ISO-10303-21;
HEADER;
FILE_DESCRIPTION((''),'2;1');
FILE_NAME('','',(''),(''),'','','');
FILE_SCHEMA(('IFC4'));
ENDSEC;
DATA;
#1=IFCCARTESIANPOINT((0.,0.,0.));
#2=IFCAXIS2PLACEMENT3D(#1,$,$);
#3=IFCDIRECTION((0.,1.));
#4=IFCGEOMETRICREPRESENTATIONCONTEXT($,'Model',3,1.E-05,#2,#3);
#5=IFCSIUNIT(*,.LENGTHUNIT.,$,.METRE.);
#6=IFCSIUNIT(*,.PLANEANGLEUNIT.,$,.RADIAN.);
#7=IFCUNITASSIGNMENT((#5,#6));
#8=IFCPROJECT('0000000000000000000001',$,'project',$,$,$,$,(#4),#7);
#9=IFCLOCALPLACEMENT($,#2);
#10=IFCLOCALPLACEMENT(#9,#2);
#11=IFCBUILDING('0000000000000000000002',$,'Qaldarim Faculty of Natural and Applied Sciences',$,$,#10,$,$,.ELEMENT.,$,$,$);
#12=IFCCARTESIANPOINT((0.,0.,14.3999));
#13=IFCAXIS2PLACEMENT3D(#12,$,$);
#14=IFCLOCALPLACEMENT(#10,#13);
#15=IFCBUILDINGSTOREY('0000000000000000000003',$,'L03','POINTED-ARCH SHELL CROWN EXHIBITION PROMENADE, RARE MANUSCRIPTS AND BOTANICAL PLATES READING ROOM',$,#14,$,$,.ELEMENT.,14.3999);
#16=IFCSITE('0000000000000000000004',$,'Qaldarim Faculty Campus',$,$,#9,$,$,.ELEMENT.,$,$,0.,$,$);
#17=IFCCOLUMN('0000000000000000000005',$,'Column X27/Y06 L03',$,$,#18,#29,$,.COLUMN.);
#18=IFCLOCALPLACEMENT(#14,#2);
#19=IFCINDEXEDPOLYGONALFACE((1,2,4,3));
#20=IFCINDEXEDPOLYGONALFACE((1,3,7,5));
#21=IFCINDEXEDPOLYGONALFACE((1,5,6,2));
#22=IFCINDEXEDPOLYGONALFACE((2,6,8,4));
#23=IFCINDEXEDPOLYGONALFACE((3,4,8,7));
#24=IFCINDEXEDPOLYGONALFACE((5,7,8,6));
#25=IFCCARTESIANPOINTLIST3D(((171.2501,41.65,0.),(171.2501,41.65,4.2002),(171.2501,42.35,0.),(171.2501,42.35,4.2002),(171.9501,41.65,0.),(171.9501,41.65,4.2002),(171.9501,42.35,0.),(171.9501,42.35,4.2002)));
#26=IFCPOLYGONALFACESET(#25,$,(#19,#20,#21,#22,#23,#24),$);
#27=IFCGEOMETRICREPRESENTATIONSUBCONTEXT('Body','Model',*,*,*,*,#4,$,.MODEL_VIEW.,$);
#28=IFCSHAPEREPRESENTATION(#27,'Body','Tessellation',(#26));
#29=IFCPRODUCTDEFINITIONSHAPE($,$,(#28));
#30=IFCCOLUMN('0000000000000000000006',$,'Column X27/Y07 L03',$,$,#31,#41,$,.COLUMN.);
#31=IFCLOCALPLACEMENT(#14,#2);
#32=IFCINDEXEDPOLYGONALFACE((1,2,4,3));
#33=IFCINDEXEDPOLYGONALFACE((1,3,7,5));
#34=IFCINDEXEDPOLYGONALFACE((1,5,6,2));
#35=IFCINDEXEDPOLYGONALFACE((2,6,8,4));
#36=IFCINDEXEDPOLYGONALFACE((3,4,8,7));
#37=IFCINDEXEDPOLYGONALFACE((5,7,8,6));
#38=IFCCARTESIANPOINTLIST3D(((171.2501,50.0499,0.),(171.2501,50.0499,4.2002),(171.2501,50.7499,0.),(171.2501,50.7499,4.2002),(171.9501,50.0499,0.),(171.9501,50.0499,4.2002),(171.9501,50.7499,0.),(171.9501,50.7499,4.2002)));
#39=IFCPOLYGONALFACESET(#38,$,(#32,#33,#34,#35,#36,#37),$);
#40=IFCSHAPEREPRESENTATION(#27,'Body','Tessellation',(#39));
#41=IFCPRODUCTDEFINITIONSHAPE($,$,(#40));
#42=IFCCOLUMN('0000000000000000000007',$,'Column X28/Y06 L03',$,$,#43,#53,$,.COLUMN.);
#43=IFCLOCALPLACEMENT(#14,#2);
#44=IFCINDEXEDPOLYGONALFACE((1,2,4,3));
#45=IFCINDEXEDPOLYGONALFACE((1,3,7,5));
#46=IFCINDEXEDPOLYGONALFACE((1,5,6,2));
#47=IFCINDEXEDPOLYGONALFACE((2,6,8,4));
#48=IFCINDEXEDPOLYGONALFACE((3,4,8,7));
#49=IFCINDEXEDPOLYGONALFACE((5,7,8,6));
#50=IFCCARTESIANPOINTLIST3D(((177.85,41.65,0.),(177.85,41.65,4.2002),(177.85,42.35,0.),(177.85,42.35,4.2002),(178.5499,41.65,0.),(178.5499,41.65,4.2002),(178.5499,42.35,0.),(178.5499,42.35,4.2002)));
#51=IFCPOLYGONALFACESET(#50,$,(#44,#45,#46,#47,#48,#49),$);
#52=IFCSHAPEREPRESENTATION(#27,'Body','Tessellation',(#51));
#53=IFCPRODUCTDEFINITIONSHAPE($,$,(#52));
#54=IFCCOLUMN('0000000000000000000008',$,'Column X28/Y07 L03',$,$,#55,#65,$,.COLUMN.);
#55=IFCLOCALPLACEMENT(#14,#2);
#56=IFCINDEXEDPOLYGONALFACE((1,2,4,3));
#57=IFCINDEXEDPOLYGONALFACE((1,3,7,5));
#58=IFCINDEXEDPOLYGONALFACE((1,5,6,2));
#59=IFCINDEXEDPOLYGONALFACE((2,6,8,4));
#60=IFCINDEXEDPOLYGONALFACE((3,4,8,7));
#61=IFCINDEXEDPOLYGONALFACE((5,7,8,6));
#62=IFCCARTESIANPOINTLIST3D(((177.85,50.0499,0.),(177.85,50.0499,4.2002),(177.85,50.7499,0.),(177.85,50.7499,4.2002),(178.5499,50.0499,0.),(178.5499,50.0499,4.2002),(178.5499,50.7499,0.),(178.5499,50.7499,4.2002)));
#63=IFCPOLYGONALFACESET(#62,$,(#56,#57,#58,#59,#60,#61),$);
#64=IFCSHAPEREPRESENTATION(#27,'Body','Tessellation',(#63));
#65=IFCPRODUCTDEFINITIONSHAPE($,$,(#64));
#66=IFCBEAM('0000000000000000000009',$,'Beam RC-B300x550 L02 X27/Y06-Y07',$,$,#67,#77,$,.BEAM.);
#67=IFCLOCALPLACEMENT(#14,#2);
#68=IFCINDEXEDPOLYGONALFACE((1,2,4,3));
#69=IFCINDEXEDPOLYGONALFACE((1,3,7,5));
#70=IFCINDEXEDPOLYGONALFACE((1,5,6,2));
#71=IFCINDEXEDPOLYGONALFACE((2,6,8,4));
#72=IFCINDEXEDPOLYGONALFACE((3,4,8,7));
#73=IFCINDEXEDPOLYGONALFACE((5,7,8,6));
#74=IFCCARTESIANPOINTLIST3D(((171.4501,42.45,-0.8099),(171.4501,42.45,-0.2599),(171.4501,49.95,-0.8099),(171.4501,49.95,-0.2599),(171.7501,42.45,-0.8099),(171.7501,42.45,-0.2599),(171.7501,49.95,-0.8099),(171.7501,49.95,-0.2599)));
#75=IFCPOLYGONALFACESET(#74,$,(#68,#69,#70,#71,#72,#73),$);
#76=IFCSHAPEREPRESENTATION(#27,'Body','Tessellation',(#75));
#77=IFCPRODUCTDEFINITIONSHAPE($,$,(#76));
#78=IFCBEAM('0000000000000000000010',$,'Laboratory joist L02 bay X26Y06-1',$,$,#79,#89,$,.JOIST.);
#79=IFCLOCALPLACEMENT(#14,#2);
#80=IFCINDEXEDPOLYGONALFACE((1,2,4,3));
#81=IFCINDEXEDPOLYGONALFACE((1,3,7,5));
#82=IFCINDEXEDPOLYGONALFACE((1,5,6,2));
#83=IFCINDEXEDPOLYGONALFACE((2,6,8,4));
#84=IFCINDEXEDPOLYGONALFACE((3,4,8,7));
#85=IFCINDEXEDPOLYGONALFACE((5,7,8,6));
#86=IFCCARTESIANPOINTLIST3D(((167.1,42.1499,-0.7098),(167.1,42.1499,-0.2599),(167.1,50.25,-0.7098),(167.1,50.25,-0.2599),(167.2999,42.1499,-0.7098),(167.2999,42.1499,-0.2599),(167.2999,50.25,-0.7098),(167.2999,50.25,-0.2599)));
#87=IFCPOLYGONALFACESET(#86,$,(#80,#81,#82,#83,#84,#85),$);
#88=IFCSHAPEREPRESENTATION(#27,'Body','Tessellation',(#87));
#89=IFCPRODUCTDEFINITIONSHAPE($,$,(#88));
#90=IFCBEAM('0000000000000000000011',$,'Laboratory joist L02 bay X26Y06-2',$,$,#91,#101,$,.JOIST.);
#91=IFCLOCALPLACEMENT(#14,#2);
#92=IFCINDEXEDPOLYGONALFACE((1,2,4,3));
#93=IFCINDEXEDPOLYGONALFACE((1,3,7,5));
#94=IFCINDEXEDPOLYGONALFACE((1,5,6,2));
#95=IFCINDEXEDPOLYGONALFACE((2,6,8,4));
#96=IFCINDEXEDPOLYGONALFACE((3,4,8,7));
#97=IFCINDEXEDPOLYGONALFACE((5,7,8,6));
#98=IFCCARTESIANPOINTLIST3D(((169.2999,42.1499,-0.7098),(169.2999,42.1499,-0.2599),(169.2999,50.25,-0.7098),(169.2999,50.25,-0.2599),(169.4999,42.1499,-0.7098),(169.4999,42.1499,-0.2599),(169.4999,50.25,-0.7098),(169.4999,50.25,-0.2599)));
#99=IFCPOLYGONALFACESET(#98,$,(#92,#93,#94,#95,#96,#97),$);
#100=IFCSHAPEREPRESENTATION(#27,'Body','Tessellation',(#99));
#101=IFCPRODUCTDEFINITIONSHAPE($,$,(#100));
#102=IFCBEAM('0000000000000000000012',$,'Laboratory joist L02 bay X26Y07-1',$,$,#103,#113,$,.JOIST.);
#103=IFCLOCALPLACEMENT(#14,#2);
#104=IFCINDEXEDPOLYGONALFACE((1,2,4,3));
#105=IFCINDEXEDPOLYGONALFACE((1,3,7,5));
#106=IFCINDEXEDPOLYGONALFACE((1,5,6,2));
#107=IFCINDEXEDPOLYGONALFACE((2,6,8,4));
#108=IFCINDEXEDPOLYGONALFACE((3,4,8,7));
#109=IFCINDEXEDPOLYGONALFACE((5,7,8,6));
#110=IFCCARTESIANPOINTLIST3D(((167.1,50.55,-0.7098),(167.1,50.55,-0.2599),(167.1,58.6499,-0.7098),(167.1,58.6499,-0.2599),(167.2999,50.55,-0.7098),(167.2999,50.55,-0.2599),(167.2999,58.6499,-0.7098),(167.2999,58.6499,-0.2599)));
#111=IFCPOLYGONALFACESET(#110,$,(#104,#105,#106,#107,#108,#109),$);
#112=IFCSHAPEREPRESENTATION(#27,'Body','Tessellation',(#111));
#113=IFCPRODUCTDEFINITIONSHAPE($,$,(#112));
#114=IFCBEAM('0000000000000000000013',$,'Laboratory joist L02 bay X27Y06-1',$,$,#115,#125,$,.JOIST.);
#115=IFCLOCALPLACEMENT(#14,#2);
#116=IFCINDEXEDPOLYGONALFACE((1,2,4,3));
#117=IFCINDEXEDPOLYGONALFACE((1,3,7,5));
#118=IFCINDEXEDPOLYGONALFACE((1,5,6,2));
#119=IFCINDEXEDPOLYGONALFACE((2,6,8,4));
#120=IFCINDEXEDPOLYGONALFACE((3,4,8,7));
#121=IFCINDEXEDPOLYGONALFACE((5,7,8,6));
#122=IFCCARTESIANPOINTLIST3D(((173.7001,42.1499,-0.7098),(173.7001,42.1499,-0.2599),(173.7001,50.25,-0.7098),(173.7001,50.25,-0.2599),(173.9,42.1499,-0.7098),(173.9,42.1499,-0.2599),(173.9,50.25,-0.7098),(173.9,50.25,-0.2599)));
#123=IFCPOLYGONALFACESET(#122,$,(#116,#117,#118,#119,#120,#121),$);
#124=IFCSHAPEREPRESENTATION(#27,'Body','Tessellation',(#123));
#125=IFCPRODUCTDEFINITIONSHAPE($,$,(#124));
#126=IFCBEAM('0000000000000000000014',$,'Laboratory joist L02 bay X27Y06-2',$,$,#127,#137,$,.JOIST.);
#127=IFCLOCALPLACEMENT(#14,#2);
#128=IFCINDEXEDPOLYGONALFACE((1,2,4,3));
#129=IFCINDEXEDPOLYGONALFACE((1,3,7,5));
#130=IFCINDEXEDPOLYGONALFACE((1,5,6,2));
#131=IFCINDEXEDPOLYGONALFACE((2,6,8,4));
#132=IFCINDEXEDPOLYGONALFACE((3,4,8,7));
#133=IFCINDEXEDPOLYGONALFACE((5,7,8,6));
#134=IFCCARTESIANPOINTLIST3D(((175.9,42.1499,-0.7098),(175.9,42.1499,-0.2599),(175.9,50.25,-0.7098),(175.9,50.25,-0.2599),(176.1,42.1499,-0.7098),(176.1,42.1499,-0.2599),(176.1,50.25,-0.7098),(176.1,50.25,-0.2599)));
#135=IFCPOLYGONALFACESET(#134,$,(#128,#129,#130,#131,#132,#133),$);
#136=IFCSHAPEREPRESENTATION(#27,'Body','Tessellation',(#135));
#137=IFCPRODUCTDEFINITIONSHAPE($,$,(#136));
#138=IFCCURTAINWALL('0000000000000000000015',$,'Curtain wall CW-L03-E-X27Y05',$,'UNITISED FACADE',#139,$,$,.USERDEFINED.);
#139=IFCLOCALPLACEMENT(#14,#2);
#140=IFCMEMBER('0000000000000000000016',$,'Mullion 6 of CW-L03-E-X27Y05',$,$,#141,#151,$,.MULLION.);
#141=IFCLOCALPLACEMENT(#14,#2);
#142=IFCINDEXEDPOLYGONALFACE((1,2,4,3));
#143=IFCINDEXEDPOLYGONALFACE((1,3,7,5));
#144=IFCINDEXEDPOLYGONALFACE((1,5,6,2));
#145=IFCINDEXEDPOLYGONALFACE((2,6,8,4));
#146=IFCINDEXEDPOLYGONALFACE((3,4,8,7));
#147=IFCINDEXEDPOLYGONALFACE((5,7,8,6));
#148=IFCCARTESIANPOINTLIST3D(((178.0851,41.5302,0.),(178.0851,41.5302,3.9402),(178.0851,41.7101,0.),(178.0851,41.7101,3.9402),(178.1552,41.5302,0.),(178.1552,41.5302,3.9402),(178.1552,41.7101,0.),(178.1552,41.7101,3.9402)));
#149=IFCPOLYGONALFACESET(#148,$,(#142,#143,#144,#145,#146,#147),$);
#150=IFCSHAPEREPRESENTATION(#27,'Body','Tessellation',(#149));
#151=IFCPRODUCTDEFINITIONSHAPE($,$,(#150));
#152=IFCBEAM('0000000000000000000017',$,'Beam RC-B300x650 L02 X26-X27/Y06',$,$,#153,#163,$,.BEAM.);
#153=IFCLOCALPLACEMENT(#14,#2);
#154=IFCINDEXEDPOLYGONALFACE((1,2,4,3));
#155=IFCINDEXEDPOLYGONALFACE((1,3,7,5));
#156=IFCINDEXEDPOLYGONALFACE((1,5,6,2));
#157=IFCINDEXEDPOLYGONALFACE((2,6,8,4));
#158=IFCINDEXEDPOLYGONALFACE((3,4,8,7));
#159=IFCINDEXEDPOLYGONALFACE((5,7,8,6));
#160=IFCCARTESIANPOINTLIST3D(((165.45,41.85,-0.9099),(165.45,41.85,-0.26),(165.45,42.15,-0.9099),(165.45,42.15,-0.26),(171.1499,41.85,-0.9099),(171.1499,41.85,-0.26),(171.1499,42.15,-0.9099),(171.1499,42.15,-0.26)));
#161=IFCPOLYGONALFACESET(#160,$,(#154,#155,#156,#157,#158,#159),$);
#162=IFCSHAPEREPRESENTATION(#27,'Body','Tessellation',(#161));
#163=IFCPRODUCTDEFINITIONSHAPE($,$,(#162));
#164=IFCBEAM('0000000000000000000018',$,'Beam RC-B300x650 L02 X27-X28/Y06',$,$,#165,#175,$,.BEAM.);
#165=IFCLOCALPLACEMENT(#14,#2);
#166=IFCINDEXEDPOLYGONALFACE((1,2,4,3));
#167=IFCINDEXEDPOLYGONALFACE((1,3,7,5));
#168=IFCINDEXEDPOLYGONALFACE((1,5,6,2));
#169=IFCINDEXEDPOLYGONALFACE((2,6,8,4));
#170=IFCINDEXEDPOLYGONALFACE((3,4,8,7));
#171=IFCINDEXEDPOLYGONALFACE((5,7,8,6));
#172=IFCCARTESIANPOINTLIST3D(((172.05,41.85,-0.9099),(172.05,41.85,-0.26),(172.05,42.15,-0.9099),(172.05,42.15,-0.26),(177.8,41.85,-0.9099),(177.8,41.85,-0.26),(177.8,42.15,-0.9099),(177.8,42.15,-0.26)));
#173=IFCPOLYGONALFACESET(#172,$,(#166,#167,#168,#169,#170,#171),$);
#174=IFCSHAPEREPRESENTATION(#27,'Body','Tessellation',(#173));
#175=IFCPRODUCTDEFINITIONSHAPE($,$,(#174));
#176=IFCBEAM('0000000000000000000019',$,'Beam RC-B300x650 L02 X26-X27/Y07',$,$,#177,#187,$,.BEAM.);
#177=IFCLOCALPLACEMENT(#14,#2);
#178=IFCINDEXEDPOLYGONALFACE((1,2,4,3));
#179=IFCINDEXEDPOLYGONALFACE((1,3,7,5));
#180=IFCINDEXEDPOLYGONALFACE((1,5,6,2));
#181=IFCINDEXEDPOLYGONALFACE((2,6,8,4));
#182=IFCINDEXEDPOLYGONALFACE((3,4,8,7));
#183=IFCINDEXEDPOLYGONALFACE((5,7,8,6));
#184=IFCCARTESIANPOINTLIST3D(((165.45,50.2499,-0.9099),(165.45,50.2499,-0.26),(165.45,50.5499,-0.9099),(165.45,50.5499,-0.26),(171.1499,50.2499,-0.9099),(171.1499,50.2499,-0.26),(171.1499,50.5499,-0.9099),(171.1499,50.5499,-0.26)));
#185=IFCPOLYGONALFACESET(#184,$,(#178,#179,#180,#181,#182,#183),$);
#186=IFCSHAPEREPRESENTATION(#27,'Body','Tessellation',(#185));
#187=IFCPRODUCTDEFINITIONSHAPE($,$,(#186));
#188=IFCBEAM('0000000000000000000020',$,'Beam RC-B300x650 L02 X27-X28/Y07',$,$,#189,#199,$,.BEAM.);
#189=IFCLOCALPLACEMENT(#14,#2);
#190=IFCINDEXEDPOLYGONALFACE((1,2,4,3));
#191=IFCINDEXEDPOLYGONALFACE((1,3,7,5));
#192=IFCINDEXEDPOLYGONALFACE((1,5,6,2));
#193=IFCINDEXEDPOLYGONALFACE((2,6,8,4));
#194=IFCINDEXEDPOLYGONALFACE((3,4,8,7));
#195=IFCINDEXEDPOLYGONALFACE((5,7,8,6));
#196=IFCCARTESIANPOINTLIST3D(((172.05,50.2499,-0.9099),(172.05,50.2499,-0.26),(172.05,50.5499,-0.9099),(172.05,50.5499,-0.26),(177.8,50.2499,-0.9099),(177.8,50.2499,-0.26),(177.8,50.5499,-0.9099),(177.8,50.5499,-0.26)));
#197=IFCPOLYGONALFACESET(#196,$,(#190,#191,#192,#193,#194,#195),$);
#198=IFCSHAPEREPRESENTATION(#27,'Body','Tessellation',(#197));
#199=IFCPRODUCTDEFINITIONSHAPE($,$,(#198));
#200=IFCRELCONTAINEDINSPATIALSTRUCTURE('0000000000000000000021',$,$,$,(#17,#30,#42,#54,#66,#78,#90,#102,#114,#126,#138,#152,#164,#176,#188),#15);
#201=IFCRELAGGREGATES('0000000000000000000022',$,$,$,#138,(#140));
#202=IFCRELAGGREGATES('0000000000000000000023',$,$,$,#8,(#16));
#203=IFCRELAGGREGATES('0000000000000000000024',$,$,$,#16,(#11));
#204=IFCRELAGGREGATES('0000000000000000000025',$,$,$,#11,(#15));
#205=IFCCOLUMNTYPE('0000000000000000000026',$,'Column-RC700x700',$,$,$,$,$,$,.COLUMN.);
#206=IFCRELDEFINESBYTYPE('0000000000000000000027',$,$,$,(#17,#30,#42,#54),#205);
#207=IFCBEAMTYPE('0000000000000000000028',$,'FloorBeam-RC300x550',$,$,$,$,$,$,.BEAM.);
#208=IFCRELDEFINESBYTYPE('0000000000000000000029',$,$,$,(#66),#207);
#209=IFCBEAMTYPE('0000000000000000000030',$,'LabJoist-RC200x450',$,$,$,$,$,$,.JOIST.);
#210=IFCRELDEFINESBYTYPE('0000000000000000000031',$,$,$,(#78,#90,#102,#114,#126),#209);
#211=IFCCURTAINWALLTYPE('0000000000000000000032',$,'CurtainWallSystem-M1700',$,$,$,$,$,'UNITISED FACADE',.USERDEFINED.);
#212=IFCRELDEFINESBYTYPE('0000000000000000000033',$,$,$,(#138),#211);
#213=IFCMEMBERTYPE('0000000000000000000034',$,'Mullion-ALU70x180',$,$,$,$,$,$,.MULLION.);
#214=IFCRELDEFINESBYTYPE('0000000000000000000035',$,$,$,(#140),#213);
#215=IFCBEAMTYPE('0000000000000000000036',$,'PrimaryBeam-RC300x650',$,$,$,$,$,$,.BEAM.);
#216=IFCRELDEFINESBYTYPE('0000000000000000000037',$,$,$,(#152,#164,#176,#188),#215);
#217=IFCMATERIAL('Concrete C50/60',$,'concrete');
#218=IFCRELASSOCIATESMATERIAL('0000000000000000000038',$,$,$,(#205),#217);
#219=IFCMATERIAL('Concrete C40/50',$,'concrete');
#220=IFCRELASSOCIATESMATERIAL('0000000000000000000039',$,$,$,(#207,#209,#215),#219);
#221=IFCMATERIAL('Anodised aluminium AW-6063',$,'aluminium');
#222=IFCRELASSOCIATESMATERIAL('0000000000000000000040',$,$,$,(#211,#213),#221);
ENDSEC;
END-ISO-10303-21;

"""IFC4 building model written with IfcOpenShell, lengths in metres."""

from ifc_helpers import new_model, si_unit, direction, frame, origin, origin_2d, place, context, subcontext, project, spatial, rectangle, extrude, material, material_profile, profile_set, type_object, element, aggregate, save


model = new_model("IFC4")

# Units and contexts
model_context = context("Model", 3, precision=1e-05, world=origin(), true_north=direction((0.0, 1.0)))
body_context = subcontext(model_context, "Body", "Model", "MODEL_VIEW")
ifc_project = project(units=[si_unit("LENGTHUNIT", "METRE"), si_unit("PLANEANGLEUNIT", "RADIAN")], contexts=[model_context])

# Site, building, storey
site_placement = place(None, origin())
site = spatial("IfcSite", under=ifc_project, at=site_placement, Name="Qaldarim Faculty Campus", CompositionType="ELEMENT", RefElevation=0.0)
building_placement = place(site_placement, origin())
building = spatial("IfcBuilding", under=site, at=building_placement, Name="Qaldarim Faculty of Natural and Applied Sciences", CompositionType="ELEMENT")
storey_placement = place(building_placement, frame((0.0, 0.0, 14.3999)))
storey = spatial("IfcBuildingStorey", under=building, at=storey_placement, Name="L03", Description="POINTED-ARCH SHELL CROWN EXHIBITION PROMENADE, RARE MANUSCRIPTS AND BOTANICAL PLATES READING ROOM", CompositionType="ELEMENT", Elevation=14.3999)

# Columns
ifc_material_1 = material(Name="Concrete C50/60", Category="concrete")
ifc_material_profile_1 = material_profile(ifc_material_1, rectangle(XDim=0.7, YDim=0.7, at=origin_2d()), Name="RC-C700x700")
ifc_profile_set_1 = profile_set([ifc_material_profile_1], Name="Concrete C50/60")
column_type = type_object("IfcColumnType", Name="Column-RC700x700", PredefinedType="COLUMN", material=ifc_profile_set_1)
for number, where, z_axis, x_axis, name in (
    (1, (171.6001, 42.0, 0.0), (0.0, 0.0, 1.0), (1.0, 0.0, 0.0), "Column X27/Y06 L03"),
    (2, (171.6001, 50.3999, 0.0), (0.0, 0.0, 1.0), (1.0, 0.0, 0.0), "Column X27/Y07 L03"),
    (3, (178.2, 42.0, 0.0), (0.0, 0.0, 1.0), (1.0, 0.0, 0.0), "Column X28/Y06 L03"),
    (4, (178.2, 50.3999, 0.0), (0.0, 0.0, 1.0), (1.0, 0.0, 0.0), "Column X28/Y07 L03"),
):
    element("IfcColumn", number, at=place(storey_placement, frame(where, z_axis=z_axis, x_axis=x_axis)), inside=storey, type_object=column_type, Name=name, PredefinedType="COLUMN", context=body_context, shape_type="SweptSolid", body=[
        extrude(rectangle(XDim=0.7, YDim=0.7, at=origin_2d()), origin(), (0.0, 0.0, 1.0), 4.2002),
    ])

# Beams
ifc_material_2 = material(Name="Concrete C40/50", Category="concrete")
ifc_material_profile_2 = material_profile(ifc_material_2, rectangle(XDim=0.3, YDim=0.55, at=origin_2d()), Name="RC-B300x550")
ifc_profile_set_2 = profile_set([ifc_material_profile_2], Name="Concrete C40/50")
beam_type_1 = type_object("IfcBeamType", Name="FloorBeam-RC300x550", PredefinedType="BEAM", material=ifc_profile_set_2)
beam_1_placement = place(storey_placement, frame((171.6001, 42.45, -0.5349), z_axis=(0.0, 1.0, 0.0), x_axis=(-1.0, 0.0, 0.0)))
element("IfcBeam", 5, at=beam_1_placement, inside=storey, type_object=beam_type_1, Name="Beam RC-B300x550 L02 X27/Y06-Y07", PredefinedType="BEAM", context=body_context, shape_type="SweptSolid", body=[
    extrude(rectangle(XDim=0.3, YDim=0.55, at=origin_2d()), origin(), (0.0, 0.0, 1.0), 7.5),
])
ifc_material_profile_3 = material_profile(ifc_material_2, rectangle(XDim=0.2, YDim=0.45, at=origin_2d()), Name="RC-J200x450")
ifc_profile_set_3 = profile_set([ifc_material_profile_3], Name="Concrete C40/50")
beam_type_2 = type_object("IfcBeamType", Name="LabJoist-RC200x450", PredefinedType="JOIST", material=ifc_profile_set_3)
for number, where, z_axis, x_axis, name in (
    (6, (167.2, 42.1499, -0.4849), (0.0, 1.0, 0.0), (-1.0, 0.0, 0.0), "Laboratory joist L02 bay X26Y06-1"),
    (7, (169.3999, 42.1499, -0.4849), (0.0, 1.0, 0.0), (-1.0, 0.0, 0.0), "Laboratory joist L02 bay X26Y06-2"),
):
    element("IfcBeam", number, at=place(storey_placement, frame(where, z_axis=z_axis, x_axis=x_axis)), inside=storey, type_object=beam_type_2, Name=name, PredefinedType="JOIST", context=body_context, shape_type="SweptSolid", body=[
        extrude(rectangle(XDim=0.2, YDim=0.45, at=origin_2d()), origin(), (0.0, 0.0, 1.0), 8.1001),
    ])
beam_2_placement = place(storey_placement, frame((167.2, 50.55, -0.4849), z_axis=(0.0, 1.0, 0.0), x_axis=(-1.0, 0.0, 0.0)))
element("IfcBeam", 8, at=beam_2_placement, inside=storey, type_object=beam_type_2, Name="Laboratory joist L02 bay X26Y07-1", PredefinedType="JOIST", context=body_context, shape_type="SweptSolid", body=[
    extrude(rectangle(XDim=0.2, YDim=0.45, at=origin_2d()), origin(), (0.0, 0.0, 1.0), 8.0999),
])
for number, where, z_axis, x_axis, name in (
    (9, (173.8, 42.1499, -0.4849), (0.0, 1.0, 0.0), (-1.0, 0.0, 0.0), "Laboratory joist L02 bay X27Y06-1"),
    (10, (176.0, 42.1499, -0.4849), (0.0, 1.0, 0.0), (-1.0, 0.0, 0.0), "Laboratory joist L02 bay X27Y06-2"),
):
    element("IfcBeam", number, at=place(storey_placement, frame(where, z_axis=z_axis, x_axis=x_axis)), inside=storey, type_object=beam_type_2, Name=name, PredefinedType="JOIST", context=body_context, shape_type="SweptSolid", body=[
        extrude(rectangle(XDim=0.2, YDim=0.45, at=origin_2d()), origin(), (0.0, 0.0, 1.0), 8.1001),
    ])

# Curtain wall, member
ifc_material_3 = material(Name="Anodised aluminium AW-6063", Category="aluminium")
curtain_wall_type = type_object("IfcCurtainWallType", Name="CurtainWallSystem-M1700", ElementType="UNITISED FACADE", PredefinedType="USERDEFINED", material=ifc_material_3)
curtain_wall_placement = place(storey_placement, origin())
curtain_wall = element("IfcCurtainWall", 11, at=curtain_wall_placement, inside=storey, type_object=curtain_wall_type, Name="Curtain wall CW-L03-E-X27Y05", ObjectType="UNITISED FACADE", PredefinedType="USERDEFINED")
ifc_material_profile_4 = material_profile(ifc_material_3, rectangle(XDim=0.0701, YDim=0.1799, at=origin_2d()), Name="ALU-M70x180")
ifc_profile_set_4 = profile_set([ifc_material_profile_4], Name="Anodised aluminium AW-6063")
member_type = type_object("IfcMemberType", Name="Mullion-ALU70x180", PredefinedType="MULLION", material=ifc_profile_set_4)
member_placement = place(storey_placement, frame((178.1201, 41.6201, 0.0), z_axis=(0.0, 0.0, 1.0), x_axis=(-1.0, 0.0, 0.0)))
member = element("IfcMember", 12, at=member_placement, type_object=member_type, Name="Mullion 6 of CW-L03-E-X27Y05", PredefinedType="MULLION", context=body_context, shape_type="SweptSolid", body=[
    extrude(rectangle(XDim=0.0701, YDim=0.1799, at=origin_2d()), origin(), (0.0, 0.0, 1.0), 3.9402),
])
aggregate(curtain_wall, [member])

# Beams
ifc_material_profile_5 = material_profile(ifc_material_2, rectangle(XDim=0.3, YDim=0.6499, at=origin_2d()), Name="RC-B300x650")
ifc_profile_set_5 = profile_set([ifc_material_profile_5], Name="Concrete C40/50")
beam_type_3 = type_object("IfcBeamType", Name="PrimaryBeam-RC300x650", PredefinedType="BEAM", material=ifc_profile_set_5)
beam_3_placement = place(storey_placement, frame((165.45, 42.0, -0.585), z_axis=(1.0, 0.0, 0.0), x_axis=(0.0, 1.0, 0.0)))
element("IfcBeam", 13, at=beam_3_placement, inside=storey, type_object=beam_type_3, Name="Beam RC-B300x650 L02 X26-X27/Y06", PredefinedType="BEAM", context=body_context, shape_type="SweptSolid", body=[
    extrude(rectangle(XDim=0.3, YDim=0.6499, at=origin_2d()), origin(), (0.0, 0.0, 1.0), 5.7),
])
beam_4_placement = place(storey_placement, frame((172.05, 42.0, -0.585), z_axis=(1.0, 0.0, 0.0), x_axis=(0.0, 1.0, 0.0)))
element("IfcBeam", 14, at=beam_4_placement, inside=storey, type_object=beam_type_3, Name="Beam RC-B300x650 L02 X27-X28/Y06", PredefinedType="BEAM", context=body_context, shape_type="SweptSolid", body=[
    extrude(rectangle(XDim=0.3, YDim=0.6499, at=origin_2d()), origin(), (0.0, 0.0, 1.0), 5.75),
])
beam_5_placement = place(storey_placement, frame((165.45, 50.3999, -0.585), z_axis=(1.0, 0.0, 0.0), x_axis=(0.0, 1.0, 0.0)))
element("IfcBeam", 15, at=beam_5_placement, inside=storey, type_object=beam_type_3, Name="Beam RC-B300x650 L02 X26-X27/Y07", PredefinedType="BEAM", context=body_context, shape_type="SweptSolid", body=[
    extrude(rectangle(XDim=0.3, YDim=0.6499, at=origin_2d()), origin(), (0.0, 0.0, 1.0), 5.7),
])
beam_6_placement = place(storey_placement, frame((172.05, 50.3999, -0.585), z_axis=(1.0, 0.0, 0.0), x_axis=(0.0, 1.0, 0.0)))
element("IfcBeam", 16, at=beam_6_placement, inside=storey, type_object=beam_type_3, Name="Beam RC-B300x650 L02 X27-X28/Y07", PredefinedType="BEAM", context=body_context, shape_type="SweptSolid", body=[
    extrude(rectangle(XDim=0.3, YDim=0.6499, at=origin_2d()), origin(), (0.0, 0.0, 1.0), 5.75),
])

save(model, "model.ifc")
